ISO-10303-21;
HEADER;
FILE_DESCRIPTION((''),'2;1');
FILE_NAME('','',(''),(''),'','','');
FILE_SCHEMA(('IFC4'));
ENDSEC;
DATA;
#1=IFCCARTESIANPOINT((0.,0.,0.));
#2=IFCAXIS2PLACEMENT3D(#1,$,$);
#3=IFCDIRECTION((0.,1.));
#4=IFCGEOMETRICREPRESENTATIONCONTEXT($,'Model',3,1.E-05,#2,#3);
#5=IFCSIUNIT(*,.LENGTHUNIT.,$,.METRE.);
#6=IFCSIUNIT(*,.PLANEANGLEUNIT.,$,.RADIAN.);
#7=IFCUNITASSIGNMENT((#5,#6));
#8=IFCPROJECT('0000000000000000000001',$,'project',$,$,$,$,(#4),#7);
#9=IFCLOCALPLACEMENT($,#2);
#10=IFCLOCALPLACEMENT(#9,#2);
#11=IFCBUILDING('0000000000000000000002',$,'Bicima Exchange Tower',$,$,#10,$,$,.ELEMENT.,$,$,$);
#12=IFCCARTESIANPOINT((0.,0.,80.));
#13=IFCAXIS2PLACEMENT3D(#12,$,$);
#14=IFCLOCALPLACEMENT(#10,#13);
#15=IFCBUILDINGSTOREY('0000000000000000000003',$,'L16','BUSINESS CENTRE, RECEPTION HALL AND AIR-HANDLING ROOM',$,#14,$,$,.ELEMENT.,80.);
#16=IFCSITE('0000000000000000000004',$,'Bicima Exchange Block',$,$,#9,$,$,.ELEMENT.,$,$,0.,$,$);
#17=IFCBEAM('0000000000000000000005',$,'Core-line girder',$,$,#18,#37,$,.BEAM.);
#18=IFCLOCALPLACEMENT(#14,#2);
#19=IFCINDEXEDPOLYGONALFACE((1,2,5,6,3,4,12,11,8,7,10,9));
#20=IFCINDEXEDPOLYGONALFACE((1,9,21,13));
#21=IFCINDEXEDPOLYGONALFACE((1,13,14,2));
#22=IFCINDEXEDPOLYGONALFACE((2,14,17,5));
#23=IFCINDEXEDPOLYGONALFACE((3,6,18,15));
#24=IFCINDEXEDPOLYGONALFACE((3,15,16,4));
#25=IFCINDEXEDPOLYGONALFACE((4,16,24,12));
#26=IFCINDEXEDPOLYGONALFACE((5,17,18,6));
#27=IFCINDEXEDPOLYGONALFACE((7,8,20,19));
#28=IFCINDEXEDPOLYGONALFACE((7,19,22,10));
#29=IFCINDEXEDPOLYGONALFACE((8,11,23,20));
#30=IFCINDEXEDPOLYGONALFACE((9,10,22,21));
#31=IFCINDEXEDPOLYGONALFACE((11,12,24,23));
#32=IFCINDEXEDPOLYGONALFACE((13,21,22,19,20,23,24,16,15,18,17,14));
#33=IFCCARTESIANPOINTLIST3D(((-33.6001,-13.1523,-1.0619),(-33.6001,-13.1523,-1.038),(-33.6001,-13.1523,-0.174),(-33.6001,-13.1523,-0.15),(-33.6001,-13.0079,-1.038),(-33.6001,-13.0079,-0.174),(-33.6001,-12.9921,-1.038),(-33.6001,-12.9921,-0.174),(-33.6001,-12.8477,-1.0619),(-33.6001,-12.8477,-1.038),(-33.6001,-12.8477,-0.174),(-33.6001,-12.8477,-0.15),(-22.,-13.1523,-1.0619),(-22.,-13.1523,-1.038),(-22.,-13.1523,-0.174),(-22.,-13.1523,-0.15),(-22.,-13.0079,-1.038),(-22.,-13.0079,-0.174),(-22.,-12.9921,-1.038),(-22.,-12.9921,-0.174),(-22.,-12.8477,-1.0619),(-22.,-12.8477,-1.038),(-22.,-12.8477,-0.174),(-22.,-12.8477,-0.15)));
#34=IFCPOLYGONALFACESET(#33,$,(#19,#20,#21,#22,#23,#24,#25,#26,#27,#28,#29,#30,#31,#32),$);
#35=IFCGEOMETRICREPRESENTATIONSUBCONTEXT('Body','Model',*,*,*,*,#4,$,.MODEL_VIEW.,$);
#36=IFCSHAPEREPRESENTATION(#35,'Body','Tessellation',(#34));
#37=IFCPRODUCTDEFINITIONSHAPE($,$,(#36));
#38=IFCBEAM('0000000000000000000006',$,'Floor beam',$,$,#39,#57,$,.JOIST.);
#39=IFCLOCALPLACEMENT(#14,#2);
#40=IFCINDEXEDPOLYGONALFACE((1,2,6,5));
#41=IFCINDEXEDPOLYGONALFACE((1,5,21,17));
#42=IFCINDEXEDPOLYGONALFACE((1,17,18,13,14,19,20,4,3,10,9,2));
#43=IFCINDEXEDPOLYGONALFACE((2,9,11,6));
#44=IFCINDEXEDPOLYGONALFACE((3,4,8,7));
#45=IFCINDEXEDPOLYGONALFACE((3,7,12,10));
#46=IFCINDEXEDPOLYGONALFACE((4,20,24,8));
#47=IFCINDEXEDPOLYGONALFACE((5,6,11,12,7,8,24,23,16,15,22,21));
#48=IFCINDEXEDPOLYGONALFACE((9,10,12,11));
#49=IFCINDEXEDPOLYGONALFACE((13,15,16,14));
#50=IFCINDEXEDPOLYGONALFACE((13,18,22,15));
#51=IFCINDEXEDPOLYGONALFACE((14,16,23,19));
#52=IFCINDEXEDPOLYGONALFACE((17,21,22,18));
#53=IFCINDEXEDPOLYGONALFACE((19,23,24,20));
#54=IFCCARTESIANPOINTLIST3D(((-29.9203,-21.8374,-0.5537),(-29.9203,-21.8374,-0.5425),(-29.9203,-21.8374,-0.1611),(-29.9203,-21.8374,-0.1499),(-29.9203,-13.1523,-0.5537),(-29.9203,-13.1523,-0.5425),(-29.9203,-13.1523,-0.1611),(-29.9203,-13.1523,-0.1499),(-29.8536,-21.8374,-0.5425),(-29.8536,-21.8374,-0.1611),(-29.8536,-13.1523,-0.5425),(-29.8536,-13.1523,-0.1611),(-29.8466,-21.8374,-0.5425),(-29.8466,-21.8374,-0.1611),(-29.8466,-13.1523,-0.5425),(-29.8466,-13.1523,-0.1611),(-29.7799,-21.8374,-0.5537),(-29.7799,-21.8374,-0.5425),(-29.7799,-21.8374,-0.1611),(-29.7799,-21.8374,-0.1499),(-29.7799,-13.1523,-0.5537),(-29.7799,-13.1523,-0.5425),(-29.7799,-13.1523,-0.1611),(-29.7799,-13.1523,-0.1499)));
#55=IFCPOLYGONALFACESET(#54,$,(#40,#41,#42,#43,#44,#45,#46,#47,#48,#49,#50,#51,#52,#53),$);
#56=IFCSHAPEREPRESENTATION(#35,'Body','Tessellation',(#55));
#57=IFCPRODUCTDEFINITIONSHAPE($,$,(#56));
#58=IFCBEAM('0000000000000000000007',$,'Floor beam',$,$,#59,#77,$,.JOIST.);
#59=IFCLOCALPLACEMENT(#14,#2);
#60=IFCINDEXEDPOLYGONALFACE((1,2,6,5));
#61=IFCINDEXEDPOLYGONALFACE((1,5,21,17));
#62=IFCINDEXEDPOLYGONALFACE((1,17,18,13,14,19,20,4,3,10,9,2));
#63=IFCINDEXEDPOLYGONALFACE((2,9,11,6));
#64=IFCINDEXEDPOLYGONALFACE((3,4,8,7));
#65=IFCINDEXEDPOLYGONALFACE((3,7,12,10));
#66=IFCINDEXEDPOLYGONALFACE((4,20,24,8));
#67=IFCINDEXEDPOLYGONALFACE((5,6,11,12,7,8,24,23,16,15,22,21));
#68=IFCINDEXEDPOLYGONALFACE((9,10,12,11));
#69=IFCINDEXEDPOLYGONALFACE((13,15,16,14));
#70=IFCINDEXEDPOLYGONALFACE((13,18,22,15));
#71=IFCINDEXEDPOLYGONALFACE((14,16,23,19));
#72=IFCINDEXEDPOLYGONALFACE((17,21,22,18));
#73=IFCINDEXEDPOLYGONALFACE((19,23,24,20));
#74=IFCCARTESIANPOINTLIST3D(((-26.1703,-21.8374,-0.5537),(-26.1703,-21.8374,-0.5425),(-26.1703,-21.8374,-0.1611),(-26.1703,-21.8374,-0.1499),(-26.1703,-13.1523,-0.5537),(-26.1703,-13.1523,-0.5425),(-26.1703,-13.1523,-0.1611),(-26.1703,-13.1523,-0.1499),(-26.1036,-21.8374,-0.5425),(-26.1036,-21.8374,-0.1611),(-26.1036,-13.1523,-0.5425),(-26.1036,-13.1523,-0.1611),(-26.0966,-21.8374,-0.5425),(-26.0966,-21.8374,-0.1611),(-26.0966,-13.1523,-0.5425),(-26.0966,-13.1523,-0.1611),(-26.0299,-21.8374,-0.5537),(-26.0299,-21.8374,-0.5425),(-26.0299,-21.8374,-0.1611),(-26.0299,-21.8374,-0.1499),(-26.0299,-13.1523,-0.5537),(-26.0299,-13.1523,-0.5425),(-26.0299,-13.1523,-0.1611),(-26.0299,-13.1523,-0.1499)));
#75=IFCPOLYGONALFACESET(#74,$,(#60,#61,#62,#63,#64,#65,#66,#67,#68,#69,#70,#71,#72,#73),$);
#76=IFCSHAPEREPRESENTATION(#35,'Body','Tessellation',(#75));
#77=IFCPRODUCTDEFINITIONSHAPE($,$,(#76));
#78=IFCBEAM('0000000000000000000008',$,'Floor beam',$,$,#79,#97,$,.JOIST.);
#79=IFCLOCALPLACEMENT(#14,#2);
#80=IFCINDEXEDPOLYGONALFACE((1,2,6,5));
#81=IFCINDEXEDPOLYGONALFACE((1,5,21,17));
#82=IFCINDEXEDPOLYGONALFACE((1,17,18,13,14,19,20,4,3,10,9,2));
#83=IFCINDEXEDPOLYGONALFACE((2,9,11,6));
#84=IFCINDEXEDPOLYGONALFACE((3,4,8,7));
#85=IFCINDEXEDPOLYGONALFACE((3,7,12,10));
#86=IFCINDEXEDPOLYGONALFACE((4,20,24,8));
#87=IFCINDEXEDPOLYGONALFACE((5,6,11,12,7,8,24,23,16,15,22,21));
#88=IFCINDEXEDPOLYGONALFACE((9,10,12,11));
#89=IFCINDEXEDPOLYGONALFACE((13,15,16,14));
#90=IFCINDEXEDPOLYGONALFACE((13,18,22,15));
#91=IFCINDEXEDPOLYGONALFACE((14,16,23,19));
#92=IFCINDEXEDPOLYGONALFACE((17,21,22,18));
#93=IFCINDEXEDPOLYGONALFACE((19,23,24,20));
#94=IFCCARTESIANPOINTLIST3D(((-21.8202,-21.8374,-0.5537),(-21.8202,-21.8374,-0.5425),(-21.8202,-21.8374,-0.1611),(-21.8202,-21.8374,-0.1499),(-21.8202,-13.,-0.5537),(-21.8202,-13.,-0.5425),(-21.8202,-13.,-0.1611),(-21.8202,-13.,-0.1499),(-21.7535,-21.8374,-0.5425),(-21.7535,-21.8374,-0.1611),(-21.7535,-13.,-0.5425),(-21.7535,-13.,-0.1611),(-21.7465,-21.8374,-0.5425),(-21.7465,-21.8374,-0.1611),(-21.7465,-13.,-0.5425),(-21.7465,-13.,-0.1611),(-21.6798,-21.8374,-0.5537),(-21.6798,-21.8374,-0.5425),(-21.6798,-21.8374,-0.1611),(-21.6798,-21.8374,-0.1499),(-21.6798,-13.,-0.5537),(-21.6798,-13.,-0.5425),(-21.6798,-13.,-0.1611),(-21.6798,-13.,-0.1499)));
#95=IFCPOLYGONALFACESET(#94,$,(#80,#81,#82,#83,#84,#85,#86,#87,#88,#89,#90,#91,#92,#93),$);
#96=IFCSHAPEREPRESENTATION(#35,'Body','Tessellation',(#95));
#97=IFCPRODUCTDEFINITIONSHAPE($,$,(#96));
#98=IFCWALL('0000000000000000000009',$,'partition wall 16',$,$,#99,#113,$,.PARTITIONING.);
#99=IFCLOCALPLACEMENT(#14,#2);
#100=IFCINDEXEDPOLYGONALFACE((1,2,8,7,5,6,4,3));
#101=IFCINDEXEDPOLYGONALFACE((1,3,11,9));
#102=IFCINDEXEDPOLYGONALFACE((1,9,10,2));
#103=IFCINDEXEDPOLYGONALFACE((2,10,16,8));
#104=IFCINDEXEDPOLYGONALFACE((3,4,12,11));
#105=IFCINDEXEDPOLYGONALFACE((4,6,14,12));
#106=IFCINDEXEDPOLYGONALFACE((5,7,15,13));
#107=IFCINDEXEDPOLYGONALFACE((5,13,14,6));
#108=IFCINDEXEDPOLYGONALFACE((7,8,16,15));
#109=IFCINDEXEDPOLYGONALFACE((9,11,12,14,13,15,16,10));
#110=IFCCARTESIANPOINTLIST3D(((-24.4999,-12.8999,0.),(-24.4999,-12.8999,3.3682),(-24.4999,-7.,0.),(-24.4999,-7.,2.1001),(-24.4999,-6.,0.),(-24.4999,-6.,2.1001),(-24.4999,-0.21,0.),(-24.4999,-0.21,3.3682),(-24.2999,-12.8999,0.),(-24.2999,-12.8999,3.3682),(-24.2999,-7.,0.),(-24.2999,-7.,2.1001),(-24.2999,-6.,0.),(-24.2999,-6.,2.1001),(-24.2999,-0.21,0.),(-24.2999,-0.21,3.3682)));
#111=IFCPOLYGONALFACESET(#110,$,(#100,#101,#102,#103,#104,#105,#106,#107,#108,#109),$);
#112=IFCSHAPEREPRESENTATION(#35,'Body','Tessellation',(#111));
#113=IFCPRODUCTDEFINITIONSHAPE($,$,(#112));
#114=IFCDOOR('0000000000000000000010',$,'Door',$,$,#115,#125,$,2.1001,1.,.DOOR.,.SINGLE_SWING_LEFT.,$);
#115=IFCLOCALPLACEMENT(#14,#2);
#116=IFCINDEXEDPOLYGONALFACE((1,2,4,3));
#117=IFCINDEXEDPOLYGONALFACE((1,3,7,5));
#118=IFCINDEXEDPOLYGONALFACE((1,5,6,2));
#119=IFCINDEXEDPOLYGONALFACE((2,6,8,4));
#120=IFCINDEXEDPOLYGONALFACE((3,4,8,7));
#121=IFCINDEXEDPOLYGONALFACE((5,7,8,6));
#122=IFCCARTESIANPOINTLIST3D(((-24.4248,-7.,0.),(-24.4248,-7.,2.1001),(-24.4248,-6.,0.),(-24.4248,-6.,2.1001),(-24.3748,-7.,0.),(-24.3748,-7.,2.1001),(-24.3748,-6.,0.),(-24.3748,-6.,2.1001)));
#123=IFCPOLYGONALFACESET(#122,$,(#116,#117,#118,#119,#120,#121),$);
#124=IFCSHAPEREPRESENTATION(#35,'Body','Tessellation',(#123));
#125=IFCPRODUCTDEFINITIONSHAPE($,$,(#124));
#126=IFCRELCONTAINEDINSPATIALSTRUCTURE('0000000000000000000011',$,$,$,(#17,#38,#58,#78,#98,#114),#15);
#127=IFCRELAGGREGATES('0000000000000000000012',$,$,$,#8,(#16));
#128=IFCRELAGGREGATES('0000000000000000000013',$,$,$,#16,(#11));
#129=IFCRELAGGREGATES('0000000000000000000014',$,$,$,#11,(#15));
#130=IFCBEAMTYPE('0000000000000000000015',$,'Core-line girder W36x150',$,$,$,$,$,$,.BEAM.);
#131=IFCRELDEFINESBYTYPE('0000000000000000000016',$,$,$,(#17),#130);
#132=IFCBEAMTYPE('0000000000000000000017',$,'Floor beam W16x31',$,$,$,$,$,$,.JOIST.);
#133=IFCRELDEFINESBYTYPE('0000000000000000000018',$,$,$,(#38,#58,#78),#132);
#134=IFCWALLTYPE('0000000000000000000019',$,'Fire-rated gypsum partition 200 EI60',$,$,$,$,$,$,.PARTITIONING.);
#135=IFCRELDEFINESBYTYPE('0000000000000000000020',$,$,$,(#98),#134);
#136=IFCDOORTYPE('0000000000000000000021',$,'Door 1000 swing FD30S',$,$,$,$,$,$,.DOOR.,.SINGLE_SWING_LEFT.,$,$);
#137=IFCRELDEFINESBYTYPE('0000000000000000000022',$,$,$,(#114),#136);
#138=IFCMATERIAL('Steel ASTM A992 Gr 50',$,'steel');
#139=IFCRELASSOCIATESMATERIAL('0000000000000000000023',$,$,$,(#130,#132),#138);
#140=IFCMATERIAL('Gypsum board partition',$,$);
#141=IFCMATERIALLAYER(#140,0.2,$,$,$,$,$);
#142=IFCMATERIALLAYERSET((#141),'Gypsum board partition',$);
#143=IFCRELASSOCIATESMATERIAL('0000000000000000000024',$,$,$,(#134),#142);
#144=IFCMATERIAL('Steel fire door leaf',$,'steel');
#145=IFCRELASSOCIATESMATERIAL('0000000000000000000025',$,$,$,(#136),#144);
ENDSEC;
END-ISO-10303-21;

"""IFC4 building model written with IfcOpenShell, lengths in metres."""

from ifc_helpers import new_model, si_unit, direction, frame, frame_2d, origin, origin_2d, place, context, subcontext, project, spatial, rectangle, i_section, extrude, material, layer, layer_set, material_profile, profile_set, type_object, element, fill, save


model = new_model("IFC4")

# Units and contexts
model_context = context("Model", 3, precision=1e-05, world=origin(), true_north=direction((0.0, 1.0)))
body_context = subcontext(model_context, "Body", "Model", "MODEL_VIEW")
ifc_project = project(units=[si_unit("LENGTHUNIT", "METRE"), si_unit("PLANEANGLEUNIT", "RADIAN")], contexts=[model_context])

# Site, building, storey
site_placement = place(None, origin())
site = spatial("IfcSite", under=ifc_project, at=site_placement, Name="Bicima Exchange Block", CompositionType="ELEMENT", RefElevation=0.0)
building_placement = place(site_placement, origin())
building = spatial("IfcBuilding", under=site, at=building_placement, Name="Bicima Exchange Tower", CompositionType="ELEMENT")
storey_placement = place(building_placement, frame((0.0, 0.0, 80.0)))
storey = spatial("IfcBuildingStorey", under=building, at=storey_placement, Name="L16", Description="BUSINESS CENTRE, RECEPTION HALL AND AIR-HANDLING ROOM", CompositionType="ELEMENT", Elevation=80.0)

# Beams
ifc_material_1 = material(Name="Steel ASTM A992 Gr 50", Category="steel")
ifc_material_profile_1 = material_profile(ifc_material_1, i_section(OverallWidth=0.3047, OverallDepth=0.9119, WebThickness=0.0159, FlangeThickness=0.0239, at=origin_2d()))
ifc_profile_set_1 = profile_set([ifc_material_profile_1], Name="Steel ASTM A992 Gr 50")
beam_type_1 = type_object("IfcBeamType", Name="Core-line girder W36x150", PredefinedType="BEAM", material=ifc_profile_set_1)
beam_1_placement = place(storey_placement, frame((-22.0, -13.0, -0.606), z_axis=(-1.0, 0.0, 0.0), x_axis=(0.0, -1.0, 0.0)))
element("IfcBeam", 1, at=beam_1_placement, inside=storey, type_object=beam_type_1, Name="Core-line girder", PredefinedType="BEAM", context=body_context, shape_type="SweptSolid", body=[
    extrude(i_section(OverallWidth=0.3047, OverallDepth=0.9119, WebThickness=0.0159, FlangeThickness=0.0239, at=origin_2d()), origin(), (0.0, 0.0, 1.0), 11.6001),
])
ifc_material_profile_2 = material_profile(ifc_material_1, i_section(OverallWidth=0.1404, OverallDepth=0.4038, WebThickness=0.0071, FlangeThickness=0.0112, at=origin_2d()))
ifc_profile_set_2 = profile_set([ifc_material_profile_2], Name="Steel ASTM A992 Gr 50")
beam_type_2 = type_object("IfcBeamType", Name="Floor beam W16x31", PredefinedType="JOIST", material=ifc_profile_set_2)
for number, where, z_axis, x_axis, name in (
    (2, (-29.8501, -13.1523, -0.3518), (0.0, -1.0, 0.0), (1.0, 0.0, 0.0), "Floor beam"),
    (3, (-26.1001, -13.1523, -0.3518), (0.0, -1.0, 0.0), (1.0, 0.0, 0.0), "Floor beam"),
):
    element("IfcBeam", number, at=place(storey_placement, frame(where, z_axis=z_axis, x_axis=x_axis)), inside=storey, type_object=beam_type_2, Name=name, PredefinedType="JOIST", context=body_context, shape_type="SweptSolid", body=[
        extrude(i_section(OverallWidth=0.1404, OverallDepth=0.4038, WebThickness=0.0071, FlangeThickness=0.0112, at=origin_2d()), origin(), (0.0, 0.0, 1.0), 8.6851),
    ])
beam_2_placement = place(storey_placement, frame((-21.75, -13.0, -0.3518), z_axis=(0.0, -1.0, 0.0), x_axis=(1.0, 0.0, 0.0)))
element("IfcBeam", 4, at=beam_2_placement, inside=storey, type_object=beam_type_2, Name="Floor beam", PredefinedType="JOIST", context=body_context, shape_type="SweptSolid", body=[
    extrude(i_section(OverallWidth=0.1404, OverallDepth=0.4038, WebThickness=0.0071, FlangeThickness=0.0112, at=origin_2d()), origin(), (0.0, 0.0, 1.0), 8.8374),
])

# Wall, opening, door
ifc_material_2 = material(Name="Gypsum board partition")
ifc_layer_1 = layer(ifc_material_2, 0.2)
ifc_layer_set_1 = layer_set([ifc_layer_1], Name="Gypsum board partition")
wall_type_1 = type_object("IfcWallType", Name="Fire-rated gypsum partition 200 EI60", PredefinedType="PARTITIONING", material=ifc_layer_set_1)
wall_1_placement = place(storey_placement, frame((-24.3999, -12.8999, 0.0), z_axis=(0.0, 0.0, 1.0), x_axis=(0.0, 1.0, 0.0)))
wall_1 = element("IfcWall", 5, at=wall_1_placement, inside=storey, type_object=wall_type_1, Name="partition wall 16", PredefinedType="PARTITIONING", context=body_context, shape_type="SweptSolid", body=[
    extrude(rectangle(XDim=12.6899, YDim=0.2, at=frame_2d((6.345, 0.0))), origin(), (0.0, 0.0, 1.0), 3.3682),
])
opening_1_placement = place(wall_1_placement, frame((5.8999, 0.0, 0.0)))
opening_1 = element("IfcOpeningElement", 6, at=opening_1_placement, cuts=wall_1, PredefinedType="OPENING", context=body_context, shape_type="SweptSolid", body=[
    extrude(rectangle(XDim=1.0, YDim=2.1001, at=frame_2d((0.5, 1.05))), frame((0.0, 0.1118, 0.0), z_axis=(0.0, -1.0, 0.0), x_axis=(1.0, 0.0, 0.0)), (0.0, 0.0, 1.0), 0.2239),
])
ifc_material_3 = material(Name="Steel fire door leaf", Category="steel")
door_type_1 = type_object("IfcDoorType", Name="Door 1000 swing FD30S", OperationType="SINGLE_SWING_LEFT", PredefinedType="DOOR", material=ifc_material_3)
door_1_placement = place(opening_1_placement, origin())
door_1 = element("IfcDoor", 7, at=door_1_placement, inside=storey, type_object=door_type_1, Name="Door", OperationType="SINGLE_SWING_LEFT", OverallHeight=2.1001, OverallWidth=1.0, PredefinedType="DOOR", context=body_context, shape_type="SweptSolid", body=[
    extrude(rectangle(XDim=1.0, YDim=2.1001, at=frame_2d((0.5, 1.05))), frame((0.0, 0.0249, 0.0), z_axis=(0.0, -1.0, 0.0), x_axis=(1.0, 0.0, 0.0)), (0.0, 0.0, 1.0), 0.05),
])
fill(opening_1, door_1)

save(model, "model.ifc")
